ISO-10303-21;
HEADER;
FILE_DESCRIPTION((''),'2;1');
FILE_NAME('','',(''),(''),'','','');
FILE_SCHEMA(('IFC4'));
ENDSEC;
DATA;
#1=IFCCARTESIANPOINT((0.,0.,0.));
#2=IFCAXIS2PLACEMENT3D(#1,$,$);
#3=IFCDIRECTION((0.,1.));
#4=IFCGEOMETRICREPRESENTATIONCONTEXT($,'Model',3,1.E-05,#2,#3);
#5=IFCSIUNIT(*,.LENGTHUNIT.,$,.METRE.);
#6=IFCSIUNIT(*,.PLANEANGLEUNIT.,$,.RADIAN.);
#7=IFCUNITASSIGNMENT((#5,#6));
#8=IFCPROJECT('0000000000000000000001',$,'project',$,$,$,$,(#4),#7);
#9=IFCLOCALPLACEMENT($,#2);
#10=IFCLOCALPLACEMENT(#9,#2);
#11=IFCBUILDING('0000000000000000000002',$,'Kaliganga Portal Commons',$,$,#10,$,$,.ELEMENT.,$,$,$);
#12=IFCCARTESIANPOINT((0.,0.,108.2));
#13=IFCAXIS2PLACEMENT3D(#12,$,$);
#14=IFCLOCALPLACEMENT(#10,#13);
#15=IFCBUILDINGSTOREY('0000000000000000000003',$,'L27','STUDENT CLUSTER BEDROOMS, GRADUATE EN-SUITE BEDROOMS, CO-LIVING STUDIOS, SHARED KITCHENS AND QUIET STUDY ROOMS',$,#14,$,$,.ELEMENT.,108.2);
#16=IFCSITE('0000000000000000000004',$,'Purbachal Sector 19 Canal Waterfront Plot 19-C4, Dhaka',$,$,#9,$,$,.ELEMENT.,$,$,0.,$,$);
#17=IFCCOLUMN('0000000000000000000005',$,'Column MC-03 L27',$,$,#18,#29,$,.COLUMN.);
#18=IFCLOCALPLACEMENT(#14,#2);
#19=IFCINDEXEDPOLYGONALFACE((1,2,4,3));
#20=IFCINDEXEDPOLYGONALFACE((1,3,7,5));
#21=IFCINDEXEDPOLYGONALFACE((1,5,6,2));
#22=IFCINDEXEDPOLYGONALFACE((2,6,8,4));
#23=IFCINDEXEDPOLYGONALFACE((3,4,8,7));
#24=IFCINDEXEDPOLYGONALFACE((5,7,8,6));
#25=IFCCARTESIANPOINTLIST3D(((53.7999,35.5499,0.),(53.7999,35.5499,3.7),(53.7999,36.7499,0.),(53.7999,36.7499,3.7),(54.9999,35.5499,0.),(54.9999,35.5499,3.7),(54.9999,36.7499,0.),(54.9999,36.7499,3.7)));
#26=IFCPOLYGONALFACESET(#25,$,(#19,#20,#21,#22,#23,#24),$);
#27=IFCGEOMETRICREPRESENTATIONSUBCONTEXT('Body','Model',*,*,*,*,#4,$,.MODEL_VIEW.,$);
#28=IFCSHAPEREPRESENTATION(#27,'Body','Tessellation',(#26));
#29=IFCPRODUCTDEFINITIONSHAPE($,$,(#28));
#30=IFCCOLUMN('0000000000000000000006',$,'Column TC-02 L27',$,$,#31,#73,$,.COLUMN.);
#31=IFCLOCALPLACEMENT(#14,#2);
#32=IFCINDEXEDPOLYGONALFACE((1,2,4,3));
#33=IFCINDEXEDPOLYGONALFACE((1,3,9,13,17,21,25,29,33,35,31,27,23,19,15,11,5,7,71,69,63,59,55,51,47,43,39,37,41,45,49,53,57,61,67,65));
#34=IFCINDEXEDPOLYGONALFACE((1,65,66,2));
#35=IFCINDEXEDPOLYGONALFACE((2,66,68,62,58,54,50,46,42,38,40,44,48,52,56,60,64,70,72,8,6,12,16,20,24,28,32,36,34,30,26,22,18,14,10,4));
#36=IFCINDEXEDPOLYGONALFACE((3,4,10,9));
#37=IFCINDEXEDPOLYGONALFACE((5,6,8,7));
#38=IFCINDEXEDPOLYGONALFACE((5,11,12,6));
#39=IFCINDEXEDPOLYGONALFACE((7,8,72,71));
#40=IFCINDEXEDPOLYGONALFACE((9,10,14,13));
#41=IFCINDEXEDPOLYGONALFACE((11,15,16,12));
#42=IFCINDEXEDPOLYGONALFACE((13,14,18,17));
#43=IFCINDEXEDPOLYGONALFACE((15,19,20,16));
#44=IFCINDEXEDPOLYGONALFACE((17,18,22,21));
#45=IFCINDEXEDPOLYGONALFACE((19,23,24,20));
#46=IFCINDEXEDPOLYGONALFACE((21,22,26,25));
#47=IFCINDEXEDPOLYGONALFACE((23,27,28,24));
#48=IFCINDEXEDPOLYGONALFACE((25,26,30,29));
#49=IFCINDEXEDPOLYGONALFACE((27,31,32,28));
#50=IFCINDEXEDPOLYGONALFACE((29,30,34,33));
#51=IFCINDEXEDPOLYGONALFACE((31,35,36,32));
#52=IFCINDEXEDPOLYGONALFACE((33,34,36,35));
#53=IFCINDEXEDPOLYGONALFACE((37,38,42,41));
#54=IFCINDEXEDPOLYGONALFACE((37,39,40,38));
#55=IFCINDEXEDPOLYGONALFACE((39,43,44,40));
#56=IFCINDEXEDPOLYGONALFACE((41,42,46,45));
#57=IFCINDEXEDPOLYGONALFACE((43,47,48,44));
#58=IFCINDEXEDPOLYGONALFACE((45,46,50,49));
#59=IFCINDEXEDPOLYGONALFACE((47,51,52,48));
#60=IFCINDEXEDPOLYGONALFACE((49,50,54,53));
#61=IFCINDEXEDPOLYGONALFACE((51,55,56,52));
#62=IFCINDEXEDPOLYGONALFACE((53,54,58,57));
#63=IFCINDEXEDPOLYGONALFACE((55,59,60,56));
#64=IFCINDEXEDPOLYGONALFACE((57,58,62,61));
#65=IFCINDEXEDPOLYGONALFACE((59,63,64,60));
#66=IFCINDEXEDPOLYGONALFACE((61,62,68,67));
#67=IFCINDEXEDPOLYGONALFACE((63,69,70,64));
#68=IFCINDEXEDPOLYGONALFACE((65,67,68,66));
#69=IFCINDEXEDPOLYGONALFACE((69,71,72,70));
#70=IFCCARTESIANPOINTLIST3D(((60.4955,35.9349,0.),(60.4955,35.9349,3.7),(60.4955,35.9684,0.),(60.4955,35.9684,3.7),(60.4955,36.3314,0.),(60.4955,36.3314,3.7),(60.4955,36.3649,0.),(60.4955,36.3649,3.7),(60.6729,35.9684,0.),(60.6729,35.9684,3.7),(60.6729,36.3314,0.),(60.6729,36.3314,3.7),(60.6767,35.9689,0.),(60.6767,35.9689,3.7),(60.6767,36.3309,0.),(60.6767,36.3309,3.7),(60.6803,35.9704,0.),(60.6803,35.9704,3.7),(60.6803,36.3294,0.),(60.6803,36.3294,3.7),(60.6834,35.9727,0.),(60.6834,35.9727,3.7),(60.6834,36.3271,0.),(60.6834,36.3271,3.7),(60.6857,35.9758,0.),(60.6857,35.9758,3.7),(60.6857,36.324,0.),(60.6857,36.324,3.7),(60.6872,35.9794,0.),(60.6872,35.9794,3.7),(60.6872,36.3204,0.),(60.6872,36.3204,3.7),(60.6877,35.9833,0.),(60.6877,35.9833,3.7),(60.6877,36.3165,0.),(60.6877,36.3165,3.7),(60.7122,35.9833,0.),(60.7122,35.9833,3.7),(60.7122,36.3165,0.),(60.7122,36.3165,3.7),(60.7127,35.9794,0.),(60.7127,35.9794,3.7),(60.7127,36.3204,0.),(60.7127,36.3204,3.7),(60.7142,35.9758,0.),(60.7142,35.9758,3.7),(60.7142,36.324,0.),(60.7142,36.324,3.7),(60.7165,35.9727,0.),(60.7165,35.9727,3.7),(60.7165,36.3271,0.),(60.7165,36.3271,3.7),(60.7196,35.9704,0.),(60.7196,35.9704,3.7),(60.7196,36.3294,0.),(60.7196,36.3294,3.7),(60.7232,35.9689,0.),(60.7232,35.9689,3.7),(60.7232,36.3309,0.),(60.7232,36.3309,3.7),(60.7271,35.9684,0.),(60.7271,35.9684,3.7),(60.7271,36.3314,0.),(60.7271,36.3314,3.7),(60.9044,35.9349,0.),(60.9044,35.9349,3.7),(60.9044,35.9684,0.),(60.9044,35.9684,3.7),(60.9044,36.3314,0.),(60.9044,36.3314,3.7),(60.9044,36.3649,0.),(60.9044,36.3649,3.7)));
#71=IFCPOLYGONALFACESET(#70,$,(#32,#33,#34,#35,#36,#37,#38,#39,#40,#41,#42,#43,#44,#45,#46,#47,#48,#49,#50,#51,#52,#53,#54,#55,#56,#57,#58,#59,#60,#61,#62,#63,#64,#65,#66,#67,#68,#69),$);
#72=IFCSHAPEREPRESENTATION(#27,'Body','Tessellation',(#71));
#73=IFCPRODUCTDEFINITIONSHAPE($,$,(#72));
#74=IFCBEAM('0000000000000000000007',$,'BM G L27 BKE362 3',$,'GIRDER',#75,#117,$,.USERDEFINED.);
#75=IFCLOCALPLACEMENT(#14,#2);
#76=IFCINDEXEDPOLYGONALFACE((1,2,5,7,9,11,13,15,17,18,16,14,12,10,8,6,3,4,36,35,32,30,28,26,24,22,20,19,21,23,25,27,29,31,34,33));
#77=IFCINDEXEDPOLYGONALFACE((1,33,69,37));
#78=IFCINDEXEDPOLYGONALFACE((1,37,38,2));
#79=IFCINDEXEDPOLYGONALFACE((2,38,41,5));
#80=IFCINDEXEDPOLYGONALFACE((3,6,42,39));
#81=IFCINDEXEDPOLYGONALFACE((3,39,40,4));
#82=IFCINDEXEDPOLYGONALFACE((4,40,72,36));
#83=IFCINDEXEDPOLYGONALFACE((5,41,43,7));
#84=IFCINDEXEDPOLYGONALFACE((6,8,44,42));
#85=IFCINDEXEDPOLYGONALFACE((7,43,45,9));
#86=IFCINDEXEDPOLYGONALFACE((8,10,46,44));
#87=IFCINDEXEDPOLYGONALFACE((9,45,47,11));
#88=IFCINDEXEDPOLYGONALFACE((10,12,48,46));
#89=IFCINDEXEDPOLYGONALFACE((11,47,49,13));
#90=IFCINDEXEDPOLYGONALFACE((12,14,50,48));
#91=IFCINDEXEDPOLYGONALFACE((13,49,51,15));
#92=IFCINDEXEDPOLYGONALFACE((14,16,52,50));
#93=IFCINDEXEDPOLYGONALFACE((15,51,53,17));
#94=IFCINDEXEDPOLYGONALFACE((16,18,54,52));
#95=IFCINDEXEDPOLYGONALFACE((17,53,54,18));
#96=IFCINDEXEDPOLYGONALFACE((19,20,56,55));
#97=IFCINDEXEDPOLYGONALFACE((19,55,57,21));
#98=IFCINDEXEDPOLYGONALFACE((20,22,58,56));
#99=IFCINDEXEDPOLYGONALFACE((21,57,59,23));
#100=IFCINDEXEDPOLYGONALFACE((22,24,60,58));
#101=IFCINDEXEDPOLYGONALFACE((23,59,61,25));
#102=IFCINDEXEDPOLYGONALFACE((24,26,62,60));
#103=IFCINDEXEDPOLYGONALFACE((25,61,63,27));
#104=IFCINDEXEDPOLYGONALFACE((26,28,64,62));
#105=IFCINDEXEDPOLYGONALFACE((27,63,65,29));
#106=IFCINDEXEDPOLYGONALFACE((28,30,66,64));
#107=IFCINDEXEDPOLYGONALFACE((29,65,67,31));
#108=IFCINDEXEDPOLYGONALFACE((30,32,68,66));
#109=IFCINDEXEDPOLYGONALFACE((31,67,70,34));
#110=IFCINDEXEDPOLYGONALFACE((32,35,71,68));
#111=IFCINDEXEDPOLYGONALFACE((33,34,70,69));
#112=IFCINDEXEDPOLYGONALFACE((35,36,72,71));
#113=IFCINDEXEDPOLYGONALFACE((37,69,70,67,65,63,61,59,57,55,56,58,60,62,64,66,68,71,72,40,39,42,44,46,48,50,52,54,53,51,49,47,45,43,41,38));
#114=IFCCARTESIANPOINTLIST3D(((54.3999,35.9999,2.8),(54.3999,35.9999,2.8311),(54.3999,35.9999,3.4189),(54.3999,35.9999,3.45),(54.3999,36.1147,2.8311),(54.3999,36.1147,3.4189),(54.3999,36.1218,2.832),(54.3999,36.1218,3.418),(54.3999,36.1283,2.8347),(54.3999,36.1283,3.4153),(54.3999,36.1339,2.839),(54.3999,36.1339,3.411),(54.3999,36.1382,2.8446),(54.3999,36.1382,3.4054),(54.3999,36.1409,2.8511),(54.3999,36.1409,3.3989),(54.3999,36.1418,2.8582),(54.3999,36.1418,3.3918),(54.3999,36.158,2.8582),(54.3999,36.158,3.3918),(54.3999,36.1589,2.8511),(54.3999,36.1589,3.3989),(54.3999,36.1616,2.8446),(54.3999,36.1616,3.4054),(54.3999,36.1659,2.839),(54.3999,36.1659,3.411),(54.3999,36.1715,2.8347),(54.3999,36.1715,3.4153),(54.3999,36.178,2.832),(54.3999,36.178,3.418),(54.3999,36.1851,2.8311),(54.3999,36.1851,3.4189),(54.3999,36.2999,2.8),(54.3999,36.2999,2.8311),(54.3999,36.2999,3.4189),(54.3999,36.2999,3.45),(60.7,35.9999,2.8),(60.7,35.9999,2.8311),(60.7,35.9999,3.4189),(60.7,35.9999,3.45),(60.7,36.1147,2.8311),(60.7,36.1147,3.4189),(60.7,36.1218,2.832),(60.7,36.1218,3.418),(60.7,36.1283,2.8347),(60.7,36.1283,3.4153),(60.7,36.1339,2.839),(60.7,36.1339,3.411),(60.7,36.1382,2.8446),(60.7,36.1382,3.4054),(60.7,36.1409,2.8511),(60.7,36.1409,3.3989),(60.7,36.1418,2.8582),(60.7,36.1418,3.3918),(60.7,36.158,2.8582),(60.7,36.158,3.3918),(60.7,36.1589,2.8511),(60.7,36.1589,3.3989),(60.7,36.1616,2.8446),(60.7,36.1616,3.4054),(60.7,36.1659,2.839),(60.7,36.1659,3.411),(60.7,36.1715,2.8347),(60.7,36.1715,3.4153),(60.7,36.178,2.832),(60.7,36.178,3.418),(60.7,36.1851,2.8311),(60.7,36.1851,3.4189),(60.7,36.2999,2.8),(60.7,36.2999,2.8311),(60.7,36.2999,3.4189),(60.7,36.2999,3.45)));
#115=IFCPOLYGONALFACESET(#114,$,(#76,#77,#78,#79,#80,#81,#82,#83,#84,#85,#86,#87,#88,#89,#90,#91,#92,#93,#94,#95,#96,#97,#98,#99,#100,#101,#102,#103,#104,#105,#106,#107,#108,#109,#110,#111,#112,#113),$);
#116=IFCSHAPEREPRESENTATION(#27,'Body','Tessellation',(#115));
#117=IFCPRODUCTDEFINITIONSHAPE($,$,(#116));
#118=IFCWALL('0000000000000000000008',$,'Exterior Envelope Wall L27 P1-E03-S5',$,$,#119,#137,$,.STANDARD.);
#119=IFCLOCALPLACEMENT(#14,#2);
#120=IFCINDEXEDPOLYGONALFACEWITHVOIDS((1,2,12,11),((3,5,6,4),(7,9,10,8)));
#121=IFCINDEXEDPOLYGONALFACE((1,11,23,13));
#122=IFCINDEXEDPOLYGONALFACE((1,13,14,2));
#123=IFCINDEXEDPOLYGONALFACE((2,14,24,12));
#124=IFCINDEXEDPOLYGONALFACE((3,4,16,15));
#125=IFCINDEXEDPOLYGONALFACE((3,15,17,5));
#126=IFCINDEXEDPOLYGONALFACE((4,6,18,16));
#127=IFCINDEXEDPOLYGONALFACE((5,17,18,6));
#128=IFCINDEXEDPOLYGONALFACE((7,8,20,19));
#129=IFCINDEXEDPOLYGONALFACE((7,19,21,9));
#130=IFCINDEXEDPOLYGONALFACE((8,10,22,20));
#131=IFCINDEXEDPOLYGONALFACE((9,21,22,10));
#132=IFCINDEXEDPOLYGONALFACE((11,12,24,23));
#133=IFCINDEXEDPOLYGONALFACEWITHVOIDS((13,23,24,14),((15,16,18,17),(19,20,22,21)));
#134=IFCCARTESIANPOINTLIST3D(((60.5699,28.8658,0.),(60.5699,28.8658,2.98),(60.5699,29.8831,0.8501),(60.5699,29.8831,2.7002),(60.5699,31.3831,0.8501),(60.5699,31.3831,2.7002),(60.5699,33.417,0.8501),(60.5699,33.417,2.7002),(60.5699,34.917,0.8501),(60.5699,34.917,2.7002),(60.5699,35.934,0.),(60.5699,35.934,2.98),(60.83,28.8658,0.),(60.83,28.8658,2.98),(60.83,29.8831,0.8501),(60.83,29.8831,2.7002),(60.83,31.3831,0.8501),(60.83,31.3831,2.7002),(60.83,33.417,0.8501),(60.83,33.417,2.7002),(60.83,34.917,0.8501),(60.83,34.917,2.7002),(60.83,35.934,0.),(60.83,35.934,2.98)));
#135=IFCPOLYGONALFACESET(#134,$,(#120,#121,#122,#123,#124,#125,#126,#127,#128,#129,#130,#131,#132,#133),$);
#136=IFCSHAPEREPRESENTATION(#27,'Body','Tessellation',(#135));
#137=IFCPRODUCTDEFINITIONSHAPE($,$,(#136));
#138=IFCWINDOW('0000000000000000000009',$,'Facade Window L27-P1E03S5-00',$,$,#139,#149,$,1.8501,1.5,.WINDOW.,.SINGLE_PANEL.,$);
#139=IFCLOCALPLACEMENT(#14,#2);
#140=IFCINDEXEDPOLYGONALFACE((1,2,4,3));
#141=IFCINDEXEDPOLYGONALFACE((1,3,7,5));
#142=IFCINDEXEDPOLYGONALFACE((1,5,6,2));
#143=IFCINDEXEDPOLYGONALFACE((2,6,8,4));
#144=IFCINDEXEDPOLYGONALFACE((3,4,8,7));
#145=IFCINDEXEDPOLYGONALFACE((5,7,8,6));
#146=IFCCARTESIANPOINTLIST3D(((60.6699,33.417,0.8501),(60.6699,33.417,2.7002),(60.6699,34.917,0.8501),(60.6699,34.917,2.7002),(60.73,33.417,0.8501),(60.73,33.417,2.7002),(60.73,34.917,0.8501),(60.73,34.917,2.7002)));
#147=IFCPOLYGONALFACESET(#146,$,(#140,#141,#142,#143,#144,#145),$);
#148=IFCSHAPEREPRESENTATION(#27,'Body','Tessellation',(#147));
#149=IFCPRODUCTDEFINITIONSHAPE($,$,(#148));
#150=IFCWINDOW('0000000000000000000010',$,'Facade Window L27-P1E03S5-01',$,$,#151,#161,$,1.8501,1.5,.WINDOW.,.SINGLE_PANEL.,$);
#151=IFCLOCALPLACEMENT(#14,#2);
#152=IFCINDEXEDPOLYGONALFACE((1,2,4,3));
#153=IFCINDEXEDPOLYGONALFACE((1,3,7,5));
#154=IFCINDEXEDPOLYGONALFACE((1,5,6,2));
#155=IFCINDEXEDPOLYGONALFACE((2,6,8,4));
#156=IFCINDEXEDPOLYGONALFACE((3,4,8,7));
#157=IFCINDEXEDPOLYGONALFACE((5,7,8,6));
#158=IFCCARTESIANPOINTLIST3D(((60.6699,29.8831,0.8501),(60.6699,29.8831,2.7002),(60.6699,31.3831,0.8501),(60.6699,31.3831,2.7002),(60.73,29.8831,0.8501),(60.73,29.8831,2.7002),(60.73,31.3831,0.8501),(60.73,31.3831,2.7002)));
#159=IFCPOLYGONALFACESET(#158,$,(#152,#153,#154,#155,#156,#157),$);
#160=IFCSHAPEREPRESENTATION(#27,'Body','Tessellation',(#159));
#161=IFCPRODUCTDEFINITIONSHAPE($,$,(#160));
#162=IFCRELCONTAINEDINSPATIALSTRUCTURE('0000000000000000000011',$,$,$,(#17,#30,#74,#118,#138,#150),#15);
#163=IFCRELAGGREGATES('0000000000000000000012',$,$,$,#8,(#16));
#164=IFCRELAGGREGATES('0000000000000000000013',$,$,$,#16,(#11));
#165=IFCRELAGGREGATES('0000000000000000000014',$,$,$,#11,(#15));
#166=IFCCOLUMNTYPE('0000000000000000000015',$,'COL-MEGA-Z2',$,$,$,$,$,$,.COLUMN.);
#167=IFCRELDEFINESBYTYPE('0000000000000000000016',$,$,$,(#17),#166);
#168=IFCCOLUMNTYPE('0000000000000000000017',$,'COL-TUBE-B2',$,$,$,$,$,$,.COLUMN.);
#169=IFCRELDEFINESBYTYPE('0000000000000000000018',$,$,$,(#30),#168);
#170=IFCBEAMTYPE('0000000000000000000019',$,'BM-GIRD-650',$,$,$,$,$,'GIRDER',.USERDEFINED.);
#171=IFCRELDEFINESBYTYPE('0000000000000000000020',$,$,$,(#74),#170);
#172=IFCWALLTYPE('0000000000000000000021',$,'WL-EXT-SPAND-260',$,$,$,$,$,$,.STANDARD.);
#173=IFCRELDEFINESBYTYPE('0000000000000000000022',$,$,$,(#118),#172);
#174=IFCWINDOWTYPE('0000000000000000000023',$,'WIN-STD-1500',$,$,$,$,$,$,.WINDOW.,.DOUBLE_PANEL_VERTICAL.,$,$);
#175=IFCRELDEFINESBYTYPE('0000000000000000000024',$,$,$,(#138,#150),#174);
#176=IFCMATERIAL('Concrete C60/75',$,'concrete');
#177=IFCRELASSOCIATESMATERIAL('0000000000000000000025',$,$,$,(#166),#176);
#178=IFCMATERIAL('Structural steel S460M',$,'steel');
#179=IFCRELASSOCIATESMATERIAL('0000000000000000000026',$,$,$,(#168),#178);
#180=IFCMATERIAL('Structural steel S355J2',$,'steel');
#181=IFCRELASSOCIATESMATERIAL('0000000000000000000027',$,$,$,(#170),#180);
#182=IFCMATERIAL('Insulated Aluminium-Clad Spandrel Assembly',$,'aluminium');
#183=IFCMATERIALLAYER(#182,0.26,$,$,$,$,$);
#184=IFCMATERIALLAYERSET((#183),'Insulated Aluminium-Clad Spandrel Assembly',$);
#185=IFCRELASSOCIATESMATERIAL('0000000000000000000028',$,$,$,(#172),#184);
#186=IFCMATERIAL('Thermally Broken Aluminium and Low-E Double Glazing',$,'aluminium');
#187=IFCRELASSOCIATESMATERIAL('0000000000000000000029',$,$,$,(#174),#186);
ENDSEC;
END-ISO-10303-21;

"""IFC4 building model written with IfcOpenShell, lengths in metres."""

from ifc_helpers import new_model, si_unit, direction, frame, frame_2d, origin, origin_2d, place, context, subcontext, project, spatial, rectangle, i_section, extrude, source, transform, mapped, material, layer, layer_set, material_profile, profile_set, type_object, element, fill, save


model = new_model("IFC4")

# Units and contexts
model_context = context("Model", 3, precision=1e-05, world=origin(), true_north=direction((0.0, 1.0)))
body_context = subcontext(model_context, "Body", "Model", "MODEL_VIEW")
ifc_project = project(units=[si_unit("LENGTHUNIT", "METRE"), si_unit("PLANEANGLEUNIT", "RADIAN")], contexts=[model_context])

# Site, building, storey
site_placement = place(None, origin())
site = spatial("IfcSite", under=ifc_project, at=site_placement, Name="Purbachal Sector 19 Canal Waterfront Plot 19-C4, Dhaka", CompositionType="ELEMENT", RefElevation=0.0)
building_placement = place(site_placement, origin())
building = spatial("IfcBuilding", under=site, at=building_placement, Name="Kaliganga Portal Commons", CompositionType="ELEMENT")
storey_placement = place(building_placement, frame((0.0, 0.0, 108.2)))
storey = spatial("IfcBuildingStorey", under=building, at=storey_placement, Name="L27", Description="STUDENT CLUSTER BEDROOMS, GRADUATE EN-SUITE BEDROOMS, CO-LIVING STUDIOS, SHARED KITCHENS AND QUIET STUDY ROOMS", CompositionType="ELEMENT", Elevation=108.2)

# Columns
ifc_material_1 = material(Name="Concrete C60/75", Category="concrete")
ifc_material_profile_1 = material_profile(ifc_material_1, rectangle(XDim=1.2, YDim=1.2, at=origin_2d()), Name="RC 1200x1200")
ifc_profile_set_1 = profile_set([ifc_material_profile_1], Name="Concrete C60/75")
column_type_1 = type_object("IfcColumnType", Name="COL-MEGA-Z2", PredefinedType="COLUMN", material=ifc_profile_set_1)
shared_shape_1 = source(origin(), body_context, "Body", "SweptSolid", [
    extrude(rectangle(XDim=1.2, YDim=1.2, at=origin_2d()), origin(), (0.0, 0.0, 1.0), 3.7),
])
column_1_placement = place(storey_placement, frame((54.3999, 36.1499, 0.0), z_axis=(0.0, 0.0, 1.0), x_axis=(1.0, 0.0, 0.0)))
element("IfcColumn", 1, at=column_1_placement, inside=storey, type_object=column_type_1, Name="Column MC-03 L27", PredefinedType="COLUMN", context=body_context, shape_type="MappedRepresentation", body=[
    mapped(shared_shape_1, transform((0.0, 0.0, 0.0), x_axis=(1.0, 0.0, 0.0), y_axis=(0.0, 1.0, 0.0), z_axis=(0.0, 0.0, 1.0), scale=1.0)),
])
ifc_material_2 = material(Name="Structural steel S460M", Category="steel")
ifc_material_profile_2 = material_profile(ifc_material_2, i_section(OverallWidth=0.4089, OverallDepth=0.4299, WebThickness=0.0244, FlangeThickness=0.0334, FilletRadius=0.0149, at=origin_2d()), Name="HD 400x421")
ifc_profile_set_2 = profile_set([ifc_material_profile_2], Name="Structural steel S460M wide-flange")
column_type_2 = type_object("IfcColumnType", Name="COL-TUBE-B2", PredefinedType="COLUMN", material=ifc_profile_set_2)
shared_shape_2 = source(origin(), body_context, "Body", "SweptSolid", [
    extrude(i_section(OverallWidth=0.4089, OverallDepth=0.4299, WebThickness=0.0244, FlangeThickness=0.0334, FilletRadius=0.0149, at=origin_2d()), origin(), (0.0, 0.0, 1.0), 3.7),
])
column_2_placement = place(storey_placement, frame((60.7, 36.1499, 0.0), z_axis=(0.0, 0.0, 1.0), x_axis=(1.0, 0.0, 0.0)))
element("IfcColumn", 2, at=column_2_placement, inside=storey, type_object=column_type_2, Name="Column TC-02 L27", PredefinedType="COLUMN", context=body_context, shape_type="MappedRepresentation", body=[
    mapped(shared_shape_2, transform((0.0, 0.0, 0.0), x_axis=(1.0, 0.0, 0.0), y_axis=(0.0, 1.0, 0.0), z_axis=(0.0, 0.0, 1.0), scale=1.0)),
])

# Beam
ifc_material_3 = material(Name="Structural steel S355J2", Category="steel")
ifc_material_profile_3 = material_profile(ifc_material_3, i_section(OverallWidth=0.3, OverallDepth=0.6499, WebThickness=0.0161, FlangeThickness=0.031, FilletRadius=0.0271, at=origin_2d()), Name="HE 650 B")
ifc_profile_set_3 = profile_set([ifc_material_profile_3], Name="Structural steel S355J2 wide-flange")
beam_type = type_object("IfcBeamType", Name="BM-GIRD-650", ElementType="GIRDER", PredefinedType="USERDEFINED", material=ifc_profile_set_3)
shared_shape_3 = source(origin(), body_context, "Body", "SweptSolid", [
    extrude(i_section(OverallWidth=0.3, OverallDepth=0.6499, WebThickness=0.0161, FlangeThickness=0.031, FilletRadius=0.0271, at=origin_2d()), origin(), (0.0, 0.0, 1.0), 6.3),
])
beam_placement = place(storey_placement, frame((54.3999, 36.1499, 3.125), z_axis=(1.0, 0.0, 0.0), x_axis=(0.0, 1.0, 0.0)))
element("IfcBeam", 3, at=beam_placement, inside=storey, type_object=beam_type, Name="BM G L27 BKE362 3", ObjectType="GIRDER", PredefinedType="USERDEFINED", context=body_context, shape_type="MappedRepresentation", body=[
    mapped(shared_shape_3, transform((0.0, 0.0, 0.0), x_axis=(1.0, 0.0, 0.0), y_axis=(0.0, 1.0, 0.0), z_axis=(0.0, 0.0, 1.0), scale=1.0)),
])

# Wall, openings, windows
ifc_material_4 = material(Name="Insulated Aluminium-Clad Spandrel Assembly", Category="aluminium")
ifc_layer_1 = layer(ifc_material_4, 0.26)
ifc_layer_set_1 = layer_set([ifc_layer_1], Name="Insulated Aluminium-Clad Spandrel Assembly")
wall_type_1 = type_object("IfcWallType", Name="WL-EXT-SPAND-260", PredefinedType="STANDARD", material=ifc_layer_set_1)
wall_1_placement = place(storey_placement, frame((60.7, 35.9341, 0.0), z_axis=(0.0, 0.0, 1.0), x_axis=(0.0, -1.0, 0.0)))
wall_1 = element("IfcWall", 4, at=wall_1_placement, inside=storey, type_object=wall_type_1, Name="Exterior Envelope Wall L27 P1-E03-S5", PredefinedType="STANDARD", context=body_context, shape_type="SweptSolid", body=[
    extrude(rectangle(XDim=7.0681, YDim=0.26, at=frame_2d((3.5342, 0.0))), origin(), (0.0, 0.0, 1.0), 2.98),
])
opening_1_placement = place(wall_1_placement, frame((1.0171, 0.0, 0.8501)))
opening_1 = element("IfcOpeningElement", 5, at=opening_1_placement, cuts=wall_1, PredefinedType="OPENING", context=body_context, shape_type="SweptSolid", body=[
    extrude(rectangle(XDim=1.5, YDim=1.8501, at=frame_2d((0.75, 0.925))), frame((0.0, 0.1401, 0.0), z_axis=(0.0, -1.0, 0.0), x_axis=(1.0, 0.0, 0.0)), (0.0, 0.0, 1.0), 0.28),
])
opening_2_placement = place(wall_1_placement, frame((4.551, 0.0, 0.8501)))
opening_2 = element("IfcOpeningElement", 6, at=opening_2_placement, cuts=wall_1, PredefinedType="OPENING", context=body_context, shape_type="SweptSolid", body=[
    extrude(rectangle(XDim=1.5, YDim=1.8501, at=frame_2d((0.75, 0.925))), frame((0.0, 0.1401, 0.0), z_axis=(0.0, -1.0, 0.0), x_axis=(1.0, 0.0, 0.0)), (0.0, 0.0, 1.0), 0.28),
])
ifc_material_5 = material(Name="Thermally Broken Aluminium and Low-E Double Glazing", Category="aluminium")
window_type_1 = type_object("IfcWindowType", Name="WIN-STD-1500", PartitioningType="DOUBLE_PANEL_VERTICAL", PredefinedType="WINDOW", material=ifc_material_5)
window_1_placement = place(opening_1_placement, origin())
window_1 = element("IfcWindow", 7, at=window_1_placement, inside=storey, type_object=window_type_1, Name="Facade Window L27-P1E03S5-00", OverallHeight=1.8501, OverallWidth=1.5, PartitioningType="SINGLE_PANEL", PredefinedType="WINDOW", context=body_context, shape_type="SweptSolid", body=[
    extrude(rectangle(XDim=1.5, YDim=1.8501, at=frame_2d((0.75, 0.925))), frame((0.0, 0.03, 0.0), z_axis=(0.0, -1.0, 0.0), x_axis=(1.0, 0.0, 0.0)), (0.0, 0.0, 1.0), 0.0601),
])
fill(opening_1, window_1)
window_2_placement = place(opening_2_placement, origin())
window_2 = element("IfcWindow", 8, at=window_2_placement, inside=storey, type_object=window_type_1, Name="Facade Window L27-P1E03S5-01", OverallHeight=1.8501, OverallWidth=1.5, PartitioningType="SINGLE_PANEL", PredefinedType="WINDOW", context=body_context, shape_type="SweptSolid", body=[
    extrude(rectangle(XDim=1.5, YDim=1.8501, at=frame_2d((0.75, 0.925))), frame((0.0, 0.03, 0.0), z_axis=(0.0, -1.0, 0.0), x_axis=(1.0, 0.0, 0.0)), (0.0, 0.0, 1.0), 0.0601),
])
fill(opening_2, window_2)

save(model, "model.ifc")
